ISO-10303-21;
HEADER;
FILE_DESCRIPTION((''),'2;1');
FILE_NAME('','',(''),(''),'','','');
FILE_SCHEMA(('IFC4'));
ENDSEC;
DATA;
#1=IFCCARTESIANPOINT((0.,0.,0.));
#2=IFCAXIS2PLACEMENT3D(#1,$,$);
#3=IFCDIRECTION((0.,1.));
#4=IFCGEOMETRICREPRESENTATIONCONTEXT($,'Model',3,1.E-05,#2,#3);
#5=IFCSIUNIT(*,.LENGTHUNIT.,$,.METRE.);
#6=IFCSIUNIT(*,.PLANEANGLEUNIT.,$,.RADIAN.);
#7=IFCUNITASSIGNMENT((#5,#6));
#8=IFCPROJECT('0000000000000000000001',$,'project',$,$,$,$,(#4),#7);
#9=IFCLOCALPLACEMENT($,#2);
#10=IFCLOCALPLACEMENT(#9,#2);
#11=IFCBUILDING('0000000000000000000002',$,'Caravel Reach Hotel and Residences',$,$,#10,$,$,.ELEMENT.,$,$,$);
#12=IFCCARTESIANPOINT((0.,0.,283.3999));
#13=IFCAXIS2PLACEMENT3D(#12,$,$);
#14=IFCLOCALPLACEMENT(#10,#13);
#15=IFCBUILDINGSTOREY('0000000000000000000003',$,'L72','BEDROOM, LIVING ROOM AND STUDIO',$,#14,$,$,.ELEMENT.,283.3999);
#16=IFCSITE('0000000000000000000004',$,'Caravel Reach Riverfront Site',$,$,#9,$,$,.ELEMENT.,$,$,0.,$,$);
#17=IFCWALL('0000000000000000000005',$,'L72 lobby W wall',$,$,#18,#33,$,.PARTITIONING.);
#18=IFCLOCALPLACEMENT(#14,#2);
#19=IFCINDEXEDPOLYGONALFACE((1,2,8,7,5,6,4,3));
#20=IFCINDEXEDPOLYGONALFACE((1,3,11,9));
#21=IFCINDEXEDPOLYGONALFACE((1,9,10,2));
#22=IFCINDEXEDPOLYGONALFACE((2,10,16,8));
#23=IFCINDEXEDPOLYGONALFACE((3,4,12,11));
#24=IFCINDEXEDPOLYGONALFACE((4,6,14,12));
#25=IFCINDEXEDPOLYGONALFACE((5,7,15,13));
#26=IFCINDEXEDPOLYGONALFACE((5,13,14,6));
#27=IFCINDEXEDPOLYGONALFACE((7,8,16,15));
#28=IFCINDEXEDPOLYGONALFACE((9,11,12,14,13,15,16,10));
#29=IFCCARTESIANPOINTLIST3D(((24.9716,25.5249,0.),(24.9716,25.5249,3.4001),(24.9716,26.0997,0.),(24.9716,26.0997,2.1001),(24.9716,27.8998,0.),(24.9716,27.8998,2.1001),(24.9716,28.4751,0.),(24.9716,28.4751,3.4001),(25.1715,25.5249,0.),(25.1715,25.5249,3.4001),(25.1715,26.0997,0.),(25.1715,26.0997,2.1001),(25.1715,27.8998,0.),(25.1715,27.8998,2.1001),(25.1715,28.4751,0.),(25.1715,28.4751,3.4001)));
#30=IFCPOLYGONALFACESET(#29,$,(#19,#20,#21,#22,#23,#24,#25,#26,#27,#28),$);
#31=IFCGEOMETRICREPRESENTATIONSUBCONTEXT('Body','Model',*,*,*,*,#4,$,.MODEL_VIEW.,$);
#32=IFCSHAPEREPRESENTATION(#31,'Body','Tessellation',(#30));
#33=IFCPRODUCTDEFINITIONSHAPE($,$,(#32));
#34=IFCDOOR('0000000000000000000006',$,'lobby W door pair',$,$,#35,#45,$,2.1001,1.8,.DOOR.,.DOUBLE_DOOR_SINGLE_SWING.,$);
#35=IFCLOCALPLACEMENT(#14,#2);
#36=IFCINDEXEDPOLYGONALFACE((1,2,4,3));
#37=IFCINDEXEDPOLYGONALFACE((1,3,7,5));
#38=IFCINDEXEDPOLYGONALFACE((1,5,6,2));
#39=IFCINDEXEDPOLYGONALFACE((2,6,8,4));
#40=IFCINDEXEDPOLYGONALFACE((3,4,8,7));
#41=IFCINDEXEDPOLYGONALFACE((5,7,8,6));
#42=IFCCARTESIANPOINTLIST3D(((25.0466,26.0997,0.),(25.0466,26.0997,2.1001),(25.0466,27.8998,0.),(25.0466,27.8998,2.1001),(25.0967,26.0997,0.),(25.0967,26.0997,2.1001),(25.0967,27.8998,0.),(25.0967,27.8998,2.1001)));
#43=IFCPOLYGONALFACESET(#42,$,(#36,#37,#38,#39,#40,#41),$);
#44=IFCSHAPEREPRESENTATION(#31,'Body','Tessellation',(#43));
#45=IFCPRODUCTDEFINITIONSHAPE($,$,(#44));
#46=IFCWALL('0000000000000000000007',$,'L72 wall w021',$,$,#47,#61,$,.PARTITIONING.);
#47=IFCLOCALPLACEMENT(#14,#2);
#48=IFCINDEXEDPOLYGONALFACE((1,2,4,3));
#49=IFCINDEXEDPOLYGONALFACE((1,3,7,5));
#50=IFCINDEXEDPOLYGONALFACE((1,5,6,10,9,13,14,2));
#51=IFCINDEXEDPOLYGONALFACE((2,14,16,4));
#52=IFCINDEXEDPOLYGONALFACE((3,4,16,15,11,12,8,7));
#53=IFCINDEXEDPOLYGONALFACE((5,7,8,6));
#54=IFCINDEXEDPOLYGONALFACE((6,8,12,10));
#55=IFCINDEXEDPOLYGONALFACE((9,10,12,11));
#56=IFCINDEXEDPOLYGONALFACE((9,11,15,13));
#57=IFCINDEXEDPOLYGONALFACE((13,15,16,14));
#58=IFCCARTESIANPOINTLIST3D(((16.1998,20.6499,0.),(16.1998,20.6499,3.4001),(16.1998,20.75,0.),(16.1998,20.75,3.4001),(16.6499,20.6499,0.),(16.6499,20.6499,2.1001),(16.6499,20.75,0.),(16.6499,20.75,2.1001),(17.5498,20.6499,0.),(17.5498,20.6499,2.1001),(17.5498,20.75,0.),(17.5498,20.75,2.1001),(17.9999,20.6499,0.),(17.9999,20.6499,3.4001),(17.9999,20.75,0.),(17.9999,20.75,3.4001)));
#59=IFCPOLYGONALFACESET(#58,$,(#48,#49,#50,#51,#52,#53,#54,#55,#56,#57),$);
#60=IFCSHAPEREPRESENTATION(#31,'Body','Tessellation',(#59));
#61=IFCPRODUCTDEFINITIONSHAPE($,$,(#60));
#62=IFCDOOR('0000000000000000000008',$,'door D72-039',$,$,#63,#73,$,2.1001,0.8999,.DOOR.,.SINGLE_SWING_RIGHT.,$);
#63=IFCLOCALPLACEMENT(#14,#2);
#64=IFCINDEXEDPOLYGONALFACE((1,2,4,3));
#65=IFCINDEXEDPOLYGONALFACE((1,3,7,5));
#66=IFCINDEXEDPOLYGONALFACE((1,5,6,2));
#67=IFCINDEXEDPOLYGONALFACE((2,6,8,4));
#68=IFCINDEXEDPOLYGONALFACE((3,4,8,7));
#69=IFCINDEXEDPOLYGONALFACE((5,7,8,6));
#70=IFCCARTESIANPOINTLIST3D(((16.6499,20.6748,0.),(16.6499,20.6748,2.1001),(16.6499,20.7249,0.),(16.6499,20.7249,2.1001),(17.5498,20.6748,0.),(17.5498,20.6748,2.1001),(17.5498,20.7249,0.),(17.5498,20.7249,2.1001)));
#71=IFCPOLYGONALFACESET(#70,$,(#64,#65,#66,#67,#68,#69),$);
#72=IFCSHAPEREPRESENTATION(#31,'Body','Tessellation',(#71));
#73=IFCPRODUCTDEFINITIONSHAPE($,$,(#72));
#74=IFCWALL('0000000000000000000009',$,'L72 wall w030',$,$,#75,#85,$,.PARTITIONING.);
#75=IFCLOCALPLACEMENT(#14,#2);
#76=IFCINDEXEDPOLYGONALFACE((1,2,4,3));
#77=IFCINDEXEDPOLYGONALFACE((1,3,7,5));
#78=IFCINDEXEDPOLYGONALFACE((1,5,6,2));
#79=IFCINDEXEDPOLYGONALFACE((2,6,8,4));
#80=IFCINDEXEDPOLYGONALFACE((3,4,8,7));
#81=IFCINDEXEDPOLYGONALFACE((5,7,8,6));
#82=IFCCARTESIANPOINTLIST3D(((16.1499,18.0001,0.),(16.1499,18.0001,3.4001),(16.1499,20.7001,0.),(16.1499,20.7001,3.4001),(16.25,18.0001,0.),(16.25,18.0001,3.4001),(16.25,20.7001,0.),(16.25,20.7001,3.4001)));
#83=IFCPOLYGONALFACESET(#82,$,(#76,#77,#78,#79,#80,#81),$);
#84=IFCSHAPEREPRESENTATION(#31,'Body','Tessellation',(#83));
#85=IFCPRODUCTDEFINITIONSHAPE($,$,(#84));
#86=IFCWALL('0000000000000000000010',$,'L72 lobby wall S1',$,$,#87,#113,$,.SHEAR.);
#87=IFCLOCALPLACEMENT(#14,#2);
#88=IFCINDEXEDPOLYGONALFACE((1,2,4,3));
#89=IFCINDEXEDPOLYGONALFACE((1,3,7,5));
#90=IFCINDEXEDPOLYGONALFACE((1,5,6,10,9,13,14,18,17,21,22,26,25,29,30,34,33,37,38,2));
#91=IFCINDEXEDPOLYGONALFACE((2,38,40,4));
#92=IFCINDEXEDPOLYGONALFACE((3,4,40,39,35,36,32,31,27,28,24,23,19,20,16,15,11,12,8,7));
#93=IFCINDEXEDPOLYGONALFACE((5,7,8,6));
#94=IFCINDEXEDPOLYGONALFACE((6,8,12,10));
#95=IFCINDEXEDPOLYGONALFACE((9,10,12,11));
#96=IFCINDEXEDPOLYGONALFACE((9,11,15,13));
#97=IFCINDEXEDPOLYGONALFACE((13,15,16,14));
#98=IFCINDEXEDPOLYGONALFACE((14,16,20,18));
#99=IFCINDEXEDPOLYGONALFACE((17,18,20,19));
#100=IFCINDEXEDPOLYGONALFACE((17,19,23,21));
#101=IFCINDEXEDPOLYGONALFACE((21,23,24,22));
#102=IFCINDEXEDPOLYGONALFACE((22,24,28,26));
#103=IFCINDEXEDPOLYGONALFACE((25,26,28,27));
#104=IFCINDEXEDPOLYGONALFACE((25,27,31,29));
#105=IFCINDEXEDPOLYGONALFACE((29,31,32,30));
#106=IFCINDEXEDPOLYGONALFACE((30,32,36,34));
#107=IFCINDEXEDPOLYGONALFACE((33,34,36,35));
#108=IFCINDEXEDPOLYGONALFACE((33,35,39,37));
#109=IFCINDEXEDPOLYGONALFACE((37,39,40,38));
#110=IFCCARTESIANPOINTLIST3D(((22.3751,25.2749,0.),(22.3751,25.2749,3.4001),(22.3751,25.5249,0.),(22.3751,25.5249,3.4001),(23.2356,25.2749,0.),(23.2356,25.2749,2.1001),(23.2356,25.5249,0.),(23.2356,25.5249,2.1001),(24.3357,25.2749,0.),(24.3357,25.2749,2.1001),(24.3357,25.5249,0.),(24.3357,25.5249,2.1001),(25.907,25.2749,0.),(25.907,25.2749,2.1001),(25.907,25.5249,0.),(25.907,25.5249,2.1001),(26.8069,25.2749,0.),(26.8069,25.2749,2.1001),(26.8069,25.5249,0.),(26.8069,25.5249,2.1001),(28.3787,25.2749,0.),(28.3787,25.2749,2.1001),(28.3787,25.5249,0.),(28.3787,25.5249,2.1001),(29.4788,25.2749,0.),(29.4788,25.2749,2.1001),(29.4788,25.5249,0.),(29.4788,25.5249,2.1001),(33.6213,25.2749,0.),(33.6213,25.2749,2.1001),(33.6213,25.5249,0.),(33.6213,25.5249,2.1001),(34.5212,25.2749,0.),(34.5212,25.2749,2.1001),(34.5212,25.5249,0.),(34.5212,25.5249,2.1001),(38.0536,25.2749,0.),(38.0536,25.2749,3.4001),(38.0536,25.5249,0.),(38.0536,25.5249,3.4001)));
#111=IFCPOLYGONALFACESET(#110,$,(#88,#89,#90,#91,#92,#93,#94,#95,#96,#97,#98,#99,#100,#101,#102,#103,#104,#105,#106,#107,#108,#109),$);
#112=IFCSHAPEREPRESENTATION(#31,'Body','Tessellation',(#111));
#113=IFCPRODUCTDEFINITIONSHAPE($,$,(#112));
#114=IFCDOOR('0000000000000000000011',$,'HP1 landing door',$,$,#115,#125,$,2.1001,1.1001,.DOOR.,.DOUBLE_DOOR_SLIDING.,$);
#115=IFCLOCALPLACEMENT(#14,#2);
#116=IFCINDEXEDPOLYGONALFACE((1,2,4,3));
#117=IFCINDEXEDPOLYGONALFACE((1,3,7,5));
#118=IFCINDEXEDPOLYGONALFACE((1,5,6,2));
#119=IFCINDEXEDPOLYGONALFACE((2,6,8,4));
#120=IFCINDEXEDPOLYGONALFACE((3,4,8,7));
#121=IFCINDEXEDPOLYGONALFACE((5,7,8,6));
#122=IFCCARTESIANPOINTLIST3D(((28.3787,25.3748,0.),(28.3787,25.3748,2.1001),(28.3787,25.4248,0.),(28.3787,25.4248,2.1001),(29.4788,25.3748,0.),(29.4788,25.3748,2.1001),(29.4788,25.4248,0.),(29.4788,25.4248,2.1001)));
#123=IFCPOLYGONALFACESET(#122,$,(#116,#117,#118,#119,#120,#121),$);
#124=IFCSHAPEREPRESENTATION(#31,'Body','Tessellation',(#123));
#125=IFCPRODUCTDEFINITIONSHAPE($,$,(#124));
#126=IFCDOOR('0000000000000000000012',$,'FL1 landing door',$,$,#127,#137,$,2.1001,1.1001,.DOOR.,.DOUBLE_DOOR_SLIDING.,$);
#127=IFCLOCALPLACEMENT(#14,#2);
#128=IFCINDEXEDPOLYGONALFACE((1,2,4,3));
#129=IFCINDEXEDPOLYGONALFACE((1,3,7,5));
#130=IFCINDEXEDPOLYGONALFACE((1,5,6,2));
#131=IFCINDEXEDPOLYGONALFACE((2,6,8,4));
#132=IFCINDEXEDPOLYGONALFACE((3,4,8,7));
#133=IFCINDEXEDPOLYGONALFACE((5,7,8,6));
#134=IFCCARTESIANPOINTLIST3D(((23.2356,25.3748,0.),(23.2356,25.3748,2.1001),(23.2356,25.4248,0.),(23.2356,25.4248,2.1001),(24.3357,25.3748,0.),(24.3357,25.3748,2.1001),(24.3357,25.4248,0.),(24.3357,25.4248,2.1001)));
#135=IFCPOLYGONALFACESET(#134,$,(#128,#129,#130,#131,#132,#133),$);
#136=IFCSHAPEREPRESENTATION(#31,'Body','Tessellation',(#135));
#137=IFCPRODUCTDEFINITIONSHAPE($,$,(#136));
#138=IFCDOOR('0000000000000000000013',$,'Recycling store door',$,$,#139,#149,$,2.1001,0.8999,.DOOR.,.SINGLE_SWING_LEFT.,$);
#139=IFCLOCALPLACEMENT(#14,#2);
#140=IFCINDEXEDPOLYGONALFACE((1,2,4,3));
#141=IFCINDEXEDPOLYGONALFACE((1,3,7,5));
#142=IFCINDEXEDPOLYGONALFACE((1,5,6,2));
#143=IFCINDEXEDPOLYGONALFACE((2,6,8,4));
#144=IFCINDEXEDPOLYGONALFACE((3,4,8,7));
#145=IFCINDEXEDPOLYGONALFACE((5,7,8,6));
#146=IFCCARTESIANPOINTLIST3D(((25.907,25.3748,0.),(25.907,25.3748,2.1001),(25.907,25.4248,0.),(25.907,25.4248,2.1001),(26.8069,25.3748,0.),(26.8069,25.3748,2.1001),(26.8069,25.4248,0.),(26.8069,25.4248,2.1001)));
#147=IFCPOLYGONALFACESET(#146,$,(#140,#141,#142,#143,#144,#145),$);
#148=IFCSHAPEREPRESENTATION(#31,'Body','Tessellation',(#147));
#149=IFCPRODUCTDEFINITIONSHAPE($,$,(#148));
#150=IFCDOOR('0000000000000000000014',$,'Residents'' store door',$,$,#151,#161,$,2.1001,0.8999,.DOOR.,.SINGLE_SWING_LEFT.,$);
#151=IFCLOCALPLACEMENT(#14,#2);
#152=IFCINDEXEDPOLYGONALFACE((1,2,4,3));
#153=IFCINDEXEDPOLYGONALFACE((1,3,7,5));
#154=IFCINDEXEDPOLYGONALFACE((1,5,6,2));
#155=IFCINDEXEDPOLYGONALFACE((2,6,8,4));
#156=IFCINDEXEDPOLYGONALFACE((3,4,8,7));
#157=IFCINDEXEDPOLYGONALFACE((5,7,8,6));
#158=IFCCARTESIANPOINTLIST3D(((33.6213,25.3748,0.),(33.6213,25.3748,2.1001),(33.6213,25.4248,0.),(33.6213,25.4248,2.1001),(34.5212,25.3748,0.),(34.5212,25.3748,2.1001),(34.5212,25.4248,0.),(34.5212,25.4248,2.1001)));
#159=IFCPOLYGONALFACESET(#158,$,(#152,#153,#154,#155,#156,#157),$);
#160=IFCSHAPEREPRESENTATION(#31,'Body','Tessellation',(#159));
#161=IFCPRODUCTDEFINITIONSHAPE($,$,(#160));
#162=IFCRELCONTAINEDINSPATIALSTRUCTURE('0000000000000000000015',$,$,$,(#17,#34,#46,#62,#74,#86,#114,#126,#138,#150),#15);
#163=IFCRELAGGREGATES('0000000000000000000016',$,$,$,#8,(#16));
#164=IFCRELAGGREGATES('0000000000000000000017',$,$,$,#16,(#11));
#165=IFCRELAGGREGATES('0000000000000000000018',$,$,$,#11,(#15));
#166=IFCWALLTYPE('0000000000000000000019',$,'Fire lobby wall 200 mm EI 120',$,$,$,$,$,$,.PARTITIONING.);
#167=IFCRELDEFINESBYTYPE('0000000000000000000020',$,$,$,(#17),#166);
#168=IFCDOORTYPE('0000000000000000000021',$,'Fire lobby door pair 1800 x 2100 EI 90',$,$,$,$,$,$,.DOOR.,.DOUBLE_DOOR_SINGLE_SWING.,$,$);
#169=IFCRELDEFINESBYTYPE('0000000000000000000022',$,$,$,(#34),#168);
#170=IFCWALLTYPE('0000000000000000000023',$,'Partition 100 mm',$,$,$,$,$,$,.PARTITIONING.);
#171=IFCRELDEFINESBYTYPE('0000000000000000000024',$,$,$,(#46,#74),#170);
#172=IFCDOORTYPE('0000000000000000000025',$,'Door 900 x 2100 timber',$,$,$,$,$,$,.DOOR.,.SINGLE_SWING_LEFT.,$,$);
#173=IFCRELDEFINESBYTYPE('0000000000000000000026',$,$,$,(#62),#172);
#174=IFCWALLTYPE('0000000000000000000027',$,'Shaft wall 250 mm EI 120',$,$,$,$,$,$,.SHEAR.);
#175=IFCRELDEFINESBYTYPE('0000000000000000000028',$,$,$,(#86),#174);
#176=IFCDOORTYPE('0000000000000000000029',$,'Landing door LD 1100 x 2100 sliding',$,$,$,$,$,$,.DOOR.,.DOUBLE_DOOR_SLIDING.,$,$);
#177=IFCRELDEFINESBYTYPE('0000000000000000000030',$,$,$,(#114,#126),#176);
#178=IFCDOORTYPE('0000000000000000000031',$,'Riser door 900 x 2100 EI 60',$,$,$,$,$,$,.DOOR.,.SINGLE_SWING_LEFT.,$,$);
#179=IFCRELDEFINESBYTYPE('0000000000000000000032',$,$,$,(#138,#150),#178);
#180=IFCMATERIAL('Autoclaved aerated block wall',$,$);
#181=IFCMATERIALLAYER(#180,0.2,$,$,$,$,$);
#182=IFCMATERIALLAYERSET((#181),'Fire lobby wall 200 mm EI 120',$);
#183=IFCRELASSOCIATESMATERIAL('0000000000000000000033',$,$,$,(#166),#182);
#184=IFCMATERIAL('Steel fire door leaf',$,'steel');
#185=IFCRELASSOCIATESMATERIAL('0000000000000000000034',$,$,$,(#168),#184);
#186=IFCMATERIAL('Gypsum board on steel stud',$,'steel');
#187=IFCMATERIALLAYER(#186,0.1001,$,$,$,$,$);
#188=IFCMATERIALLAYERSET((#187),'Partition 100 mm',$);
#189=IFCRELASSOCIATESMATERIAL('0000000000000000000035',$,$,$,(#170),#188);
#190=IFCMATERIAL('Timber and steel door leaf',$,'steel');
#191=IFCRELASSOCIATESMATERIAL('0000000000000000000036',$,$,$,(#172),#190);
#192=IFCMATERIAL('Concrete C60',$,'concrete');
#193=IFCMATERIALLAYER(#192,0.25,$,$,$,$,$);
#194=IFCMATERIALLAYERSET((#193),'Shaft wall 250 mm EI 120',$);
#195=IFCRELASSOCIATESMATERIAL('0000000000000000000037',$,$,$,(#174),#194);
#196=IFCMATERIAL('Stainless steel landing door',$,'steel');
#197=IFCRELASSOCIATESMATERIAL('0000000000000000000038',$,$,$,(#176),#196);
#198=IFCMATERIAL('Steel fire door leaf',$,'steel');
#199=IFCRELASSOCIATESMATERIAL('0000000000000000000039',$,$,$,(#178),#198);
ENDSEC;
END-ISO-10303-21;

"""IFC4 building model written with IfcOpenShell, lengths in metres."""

from ifc_helpers import new_model, si_unit, direction, frame, frame_2d, origin, place, context, subcontext, project, spatial, rectangle, extrude, material, layer, layer_set, type_object, element, fill, save


model = new_model("IFC4")

# Units and contexts
model_context = context("Model", 3, precision=1e-05, world=origin(), true_north=direction((0.0, 1.0)))
body_context = subcontext(model_context, "Body", "Model", "MODEL_VIEW")
ifc_project = project(units=[si_unit("LENGTHUNIT", "METRE"), si_unit("PLANEANGLEUNIT", "RADIAN")], contexts=[model_context])

# Site, building, storey
site_placement = place(None, origin())
site = spatial("IfcSite", under=ifc_project, at=site_placement, Name="Caravel Reach Riverfront Site", CompositionType="ELEMENT", RefElevation=0.0)
building_placement = place(site_placement, origin())
building = spatial("IfcBuilding", under=site, at=building_placement, Name="Caravel Reach Hotel and Residences", CompositionType="ELEMENT")
storey_placement = place(building_placement, frame((0.0, 0.0, 283.3999)))
storey = spatial("IfcBuildingStorey", under=building, at=storey_placement, Name="L72", Description="BEDROOM, LIVING ROOM AND STUDIO", CompositionType="ELEMENT", Elevation=283.3999)

# Walls, openings, doors
ifc_material_1 = material(Name="Autoclaved aerated block wall")
ifc_layer_1 = layer(ifc_material_1, 0.2)
ifc_layer_set_1 = layer_set([ifc_layer_1], Name="Fire lobby wall 200 mm EI 120")
wall_type_1 = type_object("IfcWallType", Name="Fire lobby wall 200 mm EI 120", PredefinedType="PARTITIONING", material=ifc_layer_set_1)
wall_1_placement = place(storey_placement, frame((25.0715, 25.5249, 0.0), z_axis=(0.0, 0.0, 1.0), x_axis=(0.0, 1.0, 0.0)))
wall_1 = element("IfcWall", 1, at=wall_1_placement, inside=storey, type_object=wall_type_1, Name="L72 lobby W wall", PredefinedType="PARTITIONING", context=body_context, shape_type="SweptSolid", body=[
    extrude(rectangle(XDim=2.9502, YDim=0.2, at=frame_2d((1.4751, 0.0))), origin(), (0.0, 0.0, 1.0), 3.4001),
])
opening_1_placement = place(wall_1_placement, frame((0.575, 0.0, 0.0)))
opening_1 = element("IfcOpeningElement", 2, at=opening_1_placement, cuts=wall_1, PredefinedType="OPENING", context=body_context, shape_type="SweptSolid", body=[
    extrude(rectangle(XDim=1.8, YDim=2.1001, at=frame_2d((0.8999, 1.05))), frame((0.0, 0.1099, 0.0), z_axis=(0.0, -1.0, 0.0), x_axis=(1.0, 0.0, 0.0)), (0.0, 0.0, 1.0), 0.22),
])
ifc_material_2 = material(Name="Steel fire door leaf", Category="steel")
door_type_1 = type_object("IfcDoorType", Name="Fire lobby door pair 1800 x 2100 EI 90", OperationType="DOUBLE_DOOR_SINGLE_SWING", PredefinedType="DOOR", material=ifc_material_2)
door_1_placement = place(opening_1_placement, origin())
door_1 = element("IfcDoor", 3, at=door_1_placement, inside=storey, type_object=door_type_1, Name="lobby W door pair", OperationType="DOUBLE_DOOR_SINGLE_SWING", OverallHeight=2.1001, OverallWidth=1.8, PredefinedType="DOOR", context=body_context, shape_type="SweptSolid", body=[
    extrude(rectangle(XDim=1.8, YDim=2.1001, at=frame_2d((0.8999, 1.05))), frame((0.0, 0.0249, 0.0), z_axis=(0.0, -1.0, 0.0), x_axis=(1.0, 0.0, 0.0)), (0.0, 0.0, 1.0), 0.05),
])
fill(opening_1, door_1)
ifc_material_3 = material(Name="Gypsum board on steel stud", Category="steel")
ifc_layer_2 = layer(ifc_material_3, 0.1001)
ifc_layer_set_2 = layer_set([ifc_layer_2], Name="Partition 100 mm")
wall_type_2 = type_object("IfcWallType", Name="Partition 100 mm", PredefinedType="PARTITIONING", material=ifc_layer_set_2)
wall_2_placement = place(storey_placement, frame((16.2, 20.7, 0.0), z_axis=(0.0, 0.0, 1.0), x_axis=(1.0, 0.0, 0.0)))
wall_2 = element("IfcWall", 4, at=wall_2_placement, inside=storey, type_object=wall_type_2, Name="L72 wall w021", PredefinedType="PARTITIONING", context=body_context, shape_type="SweptSolid", body=[
    extrude(rectangle(XDim=1.8, YDim=0.1001, at=frame_2d((0.8999, 0.0))), origin(), (0.0, 0.0, 1.0), 3.4001),
])
opening_2_placement = place(wall_2_placement, frame((0.45, 0.0, 0.0)))
opening_2 = element("IfcOpeningElement", 5, at=opening_2_placement, cuts=wall_2, PredefinedType="OPENING", context=body_context, shape_type="SweptSolid", body=[
    extrude(rectangle(XDim=0.8999, YDim=2.1001, at=frame_2d((0.45, 1.05))), frame((0.0, 0.0601, 0.0), z_axis=(0.0, -1.0, 0.0), x_axis=(1.0, 0.0, 0.0)), (0.0, 0.0, 1.0), 0.1201),
])
ifc_material_4 = material(Name="Timber and steel door leaf", Category="steel")
door_type_2 = type_object("IfcDoorType", Name="Door 900 x 2100 timber", OperationType="SINGLE_SWING_LEFT", PredefinedType="DOOR", material=ifc_material_4)
door_2_placement = place(opening_2_placement, origin())
door_2 = element("IfcDoor", 6, at=door_2_placement, inside=storey, type_object=door_type_2, Name="door D72-039", OperationType="SINGLE_SWING_RIGHT", OverallHeight=2.1001, OverallWidth=0.8999, PredefinedType="DOOR", context=body_context, shape_type="SweptSolid", body=[
    extrude(rectangle(XDim=0.8999, YDim=2.1001, at=frame_2d((0.45, 1.05))), frame((0.0, 0.0249, 0.0), z_axis=(0.0, -1.0, 0.0), x_axis=(1.0, 0.0, 0.0)), (0.0, 0.0, 1.0), 0.05),
])
fill(opening_2, door_2)

# Wall
wall_3_placement = place(storey_placement, frame((16.2, 18.0, 0.0), z_axis=(0.0, 0.0, 1.0), x_axis=(0.0, 1.0, 0.0)))
element("IfcWall", 7, at=wall_3_placement, inside=storey, type_object=wall_type_2, Name="L72 wall w030", PredefinedType="PARTITIONING", context=body_context, shape_type="SweptSolid", body=[
    extrude(rectangle(XDim=2.7, YDim=0.1001, at=frame_2d((1.3501, 0.0))), origin(), (0.0, 0.0, 1.0), 3.4001),
])

# Wall, openings, doors
ifc_material_5 = material(Name="Concrete C60", Category="concrete")
ifc_layer_3 = layer(ifc_material_5, 0.25)
ifc_layer_set_3 = layer_set([ifc_layer_3], Name="Shaft wall 250 mm EI 120")
wall_type_3 = type_object("IfcWallType", Name="Shaft wall 250 mm EI 120", PredefinedType="SHEAR", material=ifc_layer_set_3)
wall_4_placement = place(storey_placement, frame((22.375, 25.3999, 0.0), z_axis=(0.0, 0.0, 1.0), x_axis=(1.0, 0.0, 0.0)))
wall_4 = element("IfcWall", 8, at=wall_4_placement, inside=storey, type_object=wall_type_3, Name="L72 lobby wall S1", PredefinedType="SHEAR", context=body_context, shape_type="SweptSolid", body=[
    extrude(rectangle(XDim=15.6785, YDim=0.25, at=frame_2d((7.8394, 0.0))), origin(), (0.0, 0.0, 1.0), 3.4001),
])
opening_3_placement = place(wall_4_placement, frame((6.0037, 0.0, 0.0)))
opening_3 = element("IfcOpeningElement", 9, at=opening_3_placement, cuts=wall_4, PredefinedType="OPENING", context=body_context, shape_type="SweptSolid", body=[
    extrude(rectangle(XDim=1.1001, YDim=2.1001, at=frame_2d((0.55, 1.05))), frame((0.0, 0.135, 0.0), z_axis=(0.0, -1.0, 0.0), x_axis=(1.0, 0.0, 0.0)), (0.0, 0.0, 1.0), 0.27),
])
opening_4_placement = place(wall_4_placement, frame((0.8606, 0.0, 0.0)))
opening_4 = element("IfcOpeningElement", 10, at=opening_4_placement, cuts=wall_4, PredefinedType="OPENING", context=body_context, shape_type="SweptSolid", body=[
    extrude(rectangle(XDim=1.1001, YDim=2.1001, at=frame_2d((0.55, 1.05))), frame((0.0, 0.135, 0.0), z_axis=(0.0, -1.0, 0.0), x_axis=(1.0, 0.0, 0.0)), (0.0, 0.0, 1.0), 0.27),
])
opening_5_placement = place(wall_4_placement, frame((3.532, 0.0, 0.0)))
opening_5 = element("IfcOpeningElement", 11, at=opening_5_placement, cuts=wall_4, PredefinedType="OPENING", context=body_context, shape_type="SweptSolid", body=[
    extrude(rectangle(XDim=0.8999, YDim=2.1001, at=frame_2d((0.45, 1.05))), frame((0.0, 0.135, 0.0), z_axis=(0.0, -1.0, 0.0), x_axis=(1.0, 0.0, 0.0)), (0.0, 0.0, 1.0), 0.27),
])
opening_6_placement = place(wall_4_placement, frame((11.2463, 0.0, 0.0)))
opening_6 = element("IfcOpeningElement", 12, at=opening_6_placement, cuts=wall_4, PredefinedType="OPENING", context=body_context, shape_type="SweptSolid", body=[
    extrude(rectangle(XDim=0.8999, YDim=2.1001, at=frame_2d((0.45, 1.05))), frame((0.0, 0.135, 0.0), z_axis=(0.0, -1.0, 0.0), x_axis=(1.0, 0.0, 0.0)), (0.0, 0.0, 1.0), 0.27),
])
ifc_material_6 = material(Name="Stainless steel landing door", Category="steel")
door_type_3 = type_object("IfcDoorType", Name="Landing door LD 1100 x 2100 sliding", OperationType="DOUBLE_DOOR_SLIDING", PredefinedType="DOOR", material=ifc_material_6)
door_3_placement = place(opening_3_placement, origin())
door_3 = element("IfcDoor", 13, at=door_3_placement, inside=storey, type_object=door_type_3, Name="HP1 landing door", OperationType="DOUBLE_DOOR_SLIDING", OverallHeight=2.1001, OverallWidth=1.1001, PredefinedType="DOOR", context=body_context, shape_type="SweptSolid", body=[
    extrude(rectangle(XDim=1.1001, YDim=2.1001, at=frame_2d((0.55, 1.05))), frame((0.0, 0.0249, 0.0), z_axis=(0.0, -1.0, 0.0), x_axis=(1.0, 0.0, 0.0)), (0.0, 0.0, 1.0), 0.05),
])
fill(opening_3, door_3)
door_4_placement = place(opening_4_placement, origin())
door_4 = element("IfcDoor", 14, at=door_4_placement, inside=storey, type_object=door_type_3, Name="FL1 landing door", OperationType="DOUBLE_DOOR_SLIDING", OverallHeight=2.1001, OverallWidth=1.1001, PredefinedType="DOOR", context=body_context, shape_type="SweptSolid", body=[
    extrude(rectangle(XDim=1.1001, YDim=2.1001, at=frame_2d((0.55, 1.05))), frame((0.0, 0.0249, 0.0), z_axis=(0.0, -1.0, 0.0), x_axis=(1.0, 0.0, 0.0)), (0.0, 0.0, 1.0), 0.05),
])
fill(opening_4, door_4)
ifc_material_7 = material(Name="Steel fire door leaf", Category="steel")
door_type_4 = type_object("IfcDoorType", Name="Riser door 900 x 2100 EI 60", OperationType="SINGLE_SWING_LEFT", PredefinedType="DOOR", material=ifc_material_7)
door_5_placement = place(opening_5_placement, origin())
door_5 = element("IfcDoor", 15, at=door_5_placement, inside=storey, type_object=door_type_4, Name="Recycling store door", OperationType="SINGLE_SWING_LEFT", OverallHeight=2.1001, OverallWidth=0.8999, PredefinedType="DOOR", context=body_context, shape_type="SweptSolid", body=[
    extrude(rectangle(XDim=0.8999, YDim=2.1001, at=frame_2d((0.45, 1.05))), frame((0.0, 0.0249, 0.0), z_axis=(0.0, -1.0, 0.0), x_axis=(1.0, 0.0, 0.0)), (0.0, 0.0, 1.0), 0.05),
])
fill(opening_5, door_5)
door_6_placement = place(opening_6_placement, origin())
door_6 = element("IfcDoor", 16, at=door_6_placement, inside=storey, type_object=door_type_4, Name="Residents' store door", OperationType="SINGLE_SWING_LEFT", OverallHeight=2.1001, OverallWidth=0.8999, PredefinedType="DOOR", context=body_context, shape_type="SweptSolid", body=[
    extrude(rectangle(XDim=0.8999, YDim=2.1001, at=frame_2d((0.45, 1.05))), frame((0.0, 0.0249, 0.0), z_axis=(0.0, -1.0, 0.0), x_axis=(1.0, 0.0, 0.0)), (0.0, 0.0, 1.0), 0.05),
])
fill(opening_6, door_6)

save(model, "model.ifc")
